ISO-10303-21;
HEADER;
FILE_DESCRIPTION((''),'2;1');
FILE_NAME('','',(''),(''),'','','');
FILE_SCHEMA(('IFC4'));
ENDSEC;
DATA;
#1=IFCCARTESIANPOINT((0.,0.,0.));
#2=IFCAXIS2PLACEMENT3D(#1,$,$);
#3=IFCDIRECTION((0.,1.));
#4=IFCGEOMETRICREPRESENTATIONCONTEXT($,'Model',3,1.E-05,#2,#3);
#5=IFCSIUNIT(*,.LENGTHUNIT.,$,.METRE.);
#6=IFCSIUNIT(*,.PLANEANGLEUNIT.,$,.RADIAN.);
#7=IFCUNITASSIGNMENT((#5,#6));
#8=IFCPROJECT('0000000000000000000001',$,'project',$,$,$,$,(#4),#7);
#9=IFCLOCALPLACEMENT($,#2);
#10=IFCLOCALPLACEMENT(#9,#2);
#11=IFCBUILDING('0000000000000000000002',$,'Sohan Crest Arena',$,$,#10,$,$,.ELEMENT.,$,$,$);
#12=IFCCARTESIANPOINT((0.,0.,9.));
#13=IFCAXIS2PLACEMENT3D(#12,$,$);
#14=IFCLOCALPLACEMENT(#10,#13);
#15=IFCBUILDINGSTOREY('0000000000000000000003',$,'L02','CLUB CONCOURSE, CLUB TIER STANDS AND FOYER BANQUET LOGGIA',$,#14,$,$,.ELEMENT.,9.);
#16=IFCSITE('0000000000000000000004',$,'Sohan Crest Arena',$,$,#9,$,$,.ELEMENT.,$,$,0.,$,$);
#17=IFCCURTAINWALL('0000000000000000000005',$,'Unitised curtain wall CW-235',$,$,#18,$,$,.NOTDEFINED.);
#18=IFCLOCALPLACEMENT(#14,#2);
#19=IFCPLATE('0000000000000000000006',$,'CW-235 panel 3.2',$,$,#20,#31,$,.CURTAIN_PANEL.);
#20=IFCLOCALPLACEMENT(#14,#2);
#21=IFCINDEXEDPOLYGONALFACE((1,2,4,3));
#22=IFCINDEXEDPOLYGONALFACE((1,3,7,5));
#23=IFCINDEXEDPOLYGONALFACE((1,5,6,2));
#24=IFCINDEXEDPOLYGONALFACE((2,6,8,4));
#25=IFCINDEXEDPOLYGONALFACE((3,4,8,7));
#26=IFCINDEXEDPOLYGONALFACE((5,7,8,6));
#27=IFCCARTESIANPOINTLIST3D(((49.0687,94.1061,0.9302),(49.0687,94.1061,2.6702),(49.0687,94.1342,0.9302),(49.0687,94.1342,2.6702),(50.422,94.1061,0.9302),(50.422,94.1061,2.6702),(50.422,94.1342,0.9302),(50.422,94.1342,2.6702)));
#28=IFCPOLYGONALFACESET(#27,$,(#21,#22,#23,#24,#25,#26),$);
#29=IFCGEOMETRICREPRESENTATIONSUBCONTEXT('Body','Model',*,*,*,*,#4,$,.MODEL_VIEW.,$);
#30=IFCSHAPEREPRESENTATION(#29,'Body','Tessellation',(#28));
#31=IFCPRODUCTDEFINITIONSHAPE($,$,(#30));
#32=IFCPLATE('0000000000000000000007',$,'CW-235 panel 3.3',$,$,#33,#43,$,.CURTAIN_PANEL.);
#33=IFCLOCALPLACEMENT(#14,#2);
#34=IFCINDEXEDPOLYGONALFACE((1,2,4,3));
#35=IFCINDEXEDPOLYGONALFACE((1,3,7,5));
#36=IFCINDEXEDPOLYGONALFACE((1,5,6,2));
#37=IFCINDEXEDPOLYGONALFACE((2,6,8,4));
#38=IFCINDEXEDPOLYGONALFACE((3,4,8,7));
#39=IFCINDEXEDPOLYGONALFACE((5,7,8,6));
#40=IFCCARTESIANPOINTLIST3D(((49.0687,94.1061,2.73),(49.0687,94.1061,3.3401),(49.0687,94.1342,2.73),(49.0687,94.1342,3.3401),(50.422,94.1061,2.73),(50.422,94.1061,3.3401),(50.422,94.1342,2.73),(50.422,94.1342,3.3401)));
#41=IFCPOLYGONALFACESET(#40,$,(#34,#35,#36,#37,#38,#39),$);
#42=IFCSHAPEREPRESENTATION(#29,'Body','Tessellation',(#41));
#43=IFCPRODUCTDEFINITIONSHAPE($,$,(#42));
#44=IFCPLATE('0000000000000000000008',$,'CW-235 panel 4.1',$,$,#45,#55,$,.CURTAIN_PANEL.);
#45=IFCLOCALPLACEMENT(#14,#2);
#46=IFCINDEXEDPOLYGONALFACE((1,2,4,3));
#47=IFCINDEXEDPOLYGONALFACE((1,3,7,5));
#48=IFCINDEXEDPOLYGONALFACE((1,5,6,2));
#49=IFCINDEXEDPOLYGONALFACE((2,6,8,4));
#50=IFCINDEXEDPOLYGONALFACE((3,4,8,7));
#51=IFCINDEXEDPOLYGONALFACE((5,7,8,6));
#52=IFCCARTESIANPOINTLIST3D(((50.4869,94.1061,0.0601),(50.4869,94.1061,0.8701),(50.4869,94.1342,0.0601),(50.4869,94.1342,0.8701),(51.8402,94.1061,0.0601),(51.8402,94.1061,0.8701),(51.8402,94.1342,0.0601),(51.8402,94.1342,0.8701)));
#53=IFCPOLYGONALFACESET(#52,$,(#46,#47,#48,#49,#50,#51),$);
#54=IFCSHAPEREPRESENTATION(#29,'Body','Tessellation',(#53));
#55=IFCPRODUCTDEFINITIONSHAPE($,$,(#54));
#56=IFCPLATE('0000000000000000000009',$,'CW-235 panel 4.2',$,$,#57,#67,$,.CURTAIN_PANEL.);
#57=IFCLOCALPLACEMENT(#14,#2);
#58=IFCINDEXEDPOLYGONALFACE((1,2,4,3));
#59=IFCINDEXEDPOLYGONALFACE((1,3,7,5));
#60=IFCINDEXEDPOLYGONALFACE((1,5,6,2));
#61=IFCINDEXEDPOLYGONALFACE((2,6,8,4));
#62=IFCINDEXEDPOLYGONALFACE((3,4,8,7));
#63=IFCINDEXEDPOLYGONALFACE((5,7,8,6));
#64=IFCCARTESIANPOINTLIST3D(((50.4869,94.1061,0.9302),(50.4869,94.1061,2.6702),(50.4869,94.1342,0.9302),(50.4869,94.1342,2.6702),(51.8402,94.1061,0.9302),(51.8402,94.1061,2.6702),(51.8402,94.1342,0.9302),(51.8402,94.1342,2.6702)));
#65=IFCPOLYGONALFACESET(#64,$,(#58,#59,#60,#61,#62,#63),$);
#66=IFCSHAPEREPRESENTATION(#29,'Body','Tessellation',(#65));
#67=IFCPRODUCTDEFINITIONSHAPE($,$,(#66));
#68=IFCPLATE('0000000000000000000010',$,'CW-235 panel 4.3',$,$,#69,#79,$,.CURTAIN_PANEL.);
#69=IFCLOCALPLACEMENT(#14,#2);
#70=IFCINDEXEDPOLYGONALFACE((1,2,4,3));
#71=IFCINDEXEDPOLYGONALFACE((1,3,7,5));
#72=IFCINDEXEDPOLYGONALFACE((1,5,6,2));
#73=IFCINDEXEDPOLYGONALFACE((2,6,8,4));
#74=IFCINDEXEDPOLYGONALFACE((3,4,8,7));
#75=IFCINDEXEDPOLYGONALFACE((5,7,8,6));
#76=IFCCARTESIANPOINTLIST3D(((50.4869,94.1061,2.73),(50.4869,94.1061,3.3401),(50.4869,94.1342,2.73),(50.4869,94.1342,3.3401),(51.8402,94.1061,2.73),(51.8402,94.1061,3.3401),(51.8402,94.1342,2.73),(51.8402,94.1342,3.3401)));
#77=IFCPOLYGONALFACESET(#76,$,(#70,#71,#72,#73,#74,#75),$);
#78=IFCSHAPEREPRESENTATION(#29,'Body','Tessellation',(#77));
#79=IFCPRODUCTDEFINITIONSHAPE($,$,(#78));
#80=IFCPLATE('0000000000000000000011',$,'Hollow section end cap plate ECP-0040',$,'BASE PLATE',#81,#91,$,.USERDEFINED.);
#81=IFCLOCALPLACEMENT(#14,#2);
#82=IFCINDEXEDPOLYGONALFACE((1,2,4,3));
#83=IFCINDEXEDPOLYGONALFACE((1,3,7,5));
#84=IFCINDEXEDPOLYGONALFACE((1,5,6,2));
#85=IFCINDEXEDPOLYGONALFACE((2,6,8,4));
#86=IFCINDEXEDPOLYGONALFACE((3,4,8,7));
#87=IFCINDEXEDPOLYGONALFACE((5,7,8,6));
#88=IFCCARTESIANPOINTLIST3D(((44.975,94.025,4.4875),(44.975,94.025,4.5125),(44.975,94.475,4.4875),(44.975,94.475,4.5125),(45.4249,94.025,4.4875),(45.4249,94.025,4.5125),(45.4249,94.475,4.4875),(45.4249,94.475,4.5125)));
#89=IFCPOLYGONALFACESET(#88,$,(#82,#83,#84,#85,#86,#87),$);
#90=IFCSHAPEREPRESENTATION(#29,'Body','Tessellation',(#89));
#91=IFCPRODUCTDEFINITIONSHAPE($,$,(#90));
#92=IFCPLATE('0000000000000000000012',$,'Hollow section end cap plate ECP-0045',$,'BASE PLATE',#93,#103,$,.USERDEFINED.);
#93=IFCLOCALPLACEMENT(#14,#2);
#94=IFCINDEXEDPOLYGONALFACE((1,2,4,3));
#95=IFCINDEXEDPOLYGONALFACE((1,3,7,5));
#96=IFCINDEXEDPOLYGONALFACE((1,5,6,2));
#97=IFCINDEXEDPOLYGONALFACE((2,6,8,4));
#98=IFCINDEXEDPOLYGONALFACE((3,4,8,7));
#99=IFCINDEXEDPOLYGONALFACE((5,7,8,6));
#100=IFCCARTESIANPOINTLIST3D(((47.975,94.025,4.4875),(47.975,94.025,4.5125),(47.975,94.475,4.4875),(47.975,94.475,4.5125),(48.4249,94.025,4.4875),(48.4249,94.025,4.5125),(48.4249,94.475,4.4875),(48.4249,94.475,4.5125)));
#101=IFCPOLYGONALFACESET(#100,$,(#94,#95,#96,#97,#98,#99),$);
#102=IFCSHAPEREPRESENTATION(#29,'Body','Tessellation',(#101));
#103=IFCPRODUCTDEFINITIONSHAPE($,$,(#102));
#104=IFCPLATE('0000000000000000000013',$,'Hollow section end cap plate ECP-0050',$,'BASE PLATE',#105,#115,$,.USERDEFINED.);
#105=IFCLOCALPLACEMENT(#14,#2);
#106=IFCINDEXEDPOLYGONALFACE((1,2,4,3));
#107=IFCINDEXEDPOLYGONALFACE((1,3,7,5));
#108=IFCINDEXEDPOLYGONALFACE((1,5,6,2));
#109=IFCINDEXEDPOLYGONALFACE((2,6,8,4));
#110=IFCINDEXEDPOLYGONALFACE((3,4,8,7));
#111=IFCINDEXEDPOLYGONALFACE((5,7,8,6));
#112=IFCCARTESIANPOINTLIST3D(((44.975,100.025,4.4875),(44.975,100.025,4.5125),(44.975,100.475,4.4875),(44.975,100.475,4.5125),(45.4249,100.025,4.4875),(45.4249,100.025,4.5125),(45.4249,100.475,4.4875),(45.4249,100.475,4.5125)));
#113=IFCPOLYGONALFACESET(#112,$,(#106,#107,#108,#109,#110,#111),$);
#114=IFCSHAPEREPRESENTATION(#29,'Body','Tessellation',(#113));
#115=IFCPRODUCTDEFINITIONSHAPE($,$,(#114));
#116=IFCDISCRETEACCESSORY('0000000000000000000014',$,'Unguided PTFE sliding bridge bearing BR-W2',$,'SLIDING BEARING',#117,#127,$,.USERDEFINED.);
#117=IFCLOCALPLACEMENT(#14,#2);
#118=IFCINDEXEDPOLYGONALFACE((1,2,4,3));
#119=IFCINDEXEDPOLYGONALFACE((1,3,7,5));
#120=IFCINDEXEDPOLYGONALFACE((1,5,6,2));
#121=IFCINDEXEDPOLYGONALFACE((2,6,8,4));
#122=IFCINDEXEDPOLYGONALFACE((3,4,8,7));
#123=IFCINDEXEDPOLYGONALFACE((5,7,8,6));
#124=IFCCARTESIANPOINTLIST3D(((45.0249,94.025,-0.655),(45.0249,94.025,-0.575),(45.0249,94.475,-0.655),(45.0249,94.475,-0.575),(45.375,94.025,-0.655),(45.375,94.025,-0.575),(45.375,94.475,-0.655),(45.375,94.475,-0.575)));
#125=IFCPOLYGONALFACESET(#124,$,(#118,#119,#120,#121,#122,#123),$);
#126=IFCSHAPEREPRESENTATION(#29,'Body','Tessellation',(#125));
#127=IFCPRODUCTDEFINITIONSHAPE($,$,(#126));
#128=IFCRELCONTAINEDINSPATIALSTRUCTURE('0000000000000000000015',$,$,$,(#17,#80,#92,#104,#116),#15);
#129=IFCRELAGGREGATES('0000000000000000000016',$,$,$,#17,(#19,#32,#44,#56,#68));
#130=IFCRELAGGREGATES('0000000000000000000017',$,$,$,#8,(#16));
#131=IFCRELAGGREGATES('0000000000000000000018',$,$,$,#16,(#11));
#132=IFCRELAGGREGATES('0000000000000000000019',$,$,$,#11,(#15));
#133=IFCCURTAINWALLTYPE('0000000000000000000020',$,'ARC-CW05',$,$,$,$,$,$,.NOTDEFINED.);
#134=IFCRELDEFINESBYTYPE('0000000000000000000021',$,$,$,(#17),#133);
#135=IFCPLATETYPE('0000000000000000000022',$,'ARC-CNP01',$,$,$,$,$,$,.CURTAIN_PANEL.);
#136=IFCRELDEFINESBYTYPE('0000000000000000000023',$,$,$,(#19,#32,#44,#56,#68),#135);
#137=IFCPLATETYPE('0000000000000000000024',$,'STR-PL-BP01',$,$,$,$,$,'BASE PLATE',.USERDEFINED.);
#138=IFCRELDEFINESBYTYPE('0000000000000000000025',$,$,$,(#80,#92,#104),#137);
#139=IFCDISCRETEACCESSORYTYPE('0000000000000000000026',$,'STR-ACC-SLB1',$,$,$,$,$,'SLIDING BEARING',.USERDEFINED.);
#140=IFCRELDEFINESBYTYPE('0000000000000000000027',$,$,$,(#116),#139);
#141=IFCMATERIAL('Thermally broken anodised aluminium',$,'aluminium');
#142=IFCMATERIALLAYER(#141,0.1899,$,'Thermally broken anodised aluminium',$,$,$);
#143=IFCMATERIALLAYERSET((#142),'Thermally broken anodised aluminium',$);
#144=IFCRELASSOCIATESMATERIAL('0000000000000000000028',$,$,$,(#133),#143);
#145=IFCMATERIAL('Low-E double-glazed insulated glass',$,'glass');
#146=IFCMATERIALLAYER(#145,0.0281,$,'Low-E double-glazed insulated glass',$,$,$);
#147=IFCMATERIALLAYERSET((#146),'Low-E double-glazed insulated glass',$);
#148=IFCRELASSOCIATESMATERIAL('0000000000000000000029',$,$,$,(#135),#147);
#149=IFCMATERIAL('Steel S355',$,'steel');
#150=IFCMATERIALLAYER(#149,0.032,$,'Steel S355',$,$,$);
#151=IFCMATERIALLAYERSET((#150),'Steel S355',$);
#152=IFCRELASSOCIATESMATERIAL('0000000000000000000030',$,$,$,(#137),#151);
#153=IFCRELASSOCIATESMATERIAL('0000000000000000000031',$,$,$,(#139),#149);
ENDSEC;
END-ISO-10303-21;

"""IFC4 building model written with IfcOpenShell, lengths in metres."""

from ifc_helpers import new_model, si_unit, direction, frame, origin, origin_2d, place, context, subcontext, project, spatial, rectangle, extrude, material, layer, layer_set, type_object, element, aggregate, save


model = new_model("IFC4")

# Units and contexts
model_context = context("Model", 3, precision=1e-05, world=origin(), true_north=direction((0.0, 1.0)))
body_context = subcontext(model_context, "Body", "Model", "MODEL_VIEW")
ifc_project = project(units=[si_unit("LENGTHUNIT", "METRE"), si_unit("PLANEANGLEUNIT", "RADIAN")], contexts=[model_context])

# Site, building, storey
site_placement = place(None, origin())
site = spatial("IfcSite", under=ifc_project, at=site_placement, Name="Sohan Crest Arena", CompositionType="ELEMENT", RefElevation=0.0)
building_placement = place(site_placement, origin())
building = spatial("IfcBuilding", under=site, at=building_placement, Name="Sohan Crest Arena", CompositionType="ELEMENT")
storey_placement = place(building_placement, frame((0.0, 0.0, 9.0)))
storey = spatial("IfcBuildingStorey", under=building, at=storey_placement, Name="L02", Description="CLUB CONCOURSE, CLUB TIER STANDS AND FOYER BANQUET LOGGIA", CompositionType="ELEMENT", Elevation=9.0)

# Shared definitions
ifc_material_1 = material(Name="Steel S355", Category="steel")

# Curtain wall
ifc_material_2 = material(Name="Thermally broken anodised aluminium", Category="aluminium")
ifc_layer_1 = layer(ifc_material_2, 0.1899, Name="Thermally broken anodised aluminium")
ifc_layer_set_1 = layer_set([ifc_layer_1], Name="Thermally broken anodised aluminium")
curtain_wall_type = type_object("IfcCurtainWallType", Name="ARC-CW05", PredefinedType="NOTDEFINED", material=ifc_layer_set_1)
curtain_wall_placement = place(storey_placement, origin())
curtain_wall = element("IfcCurtainWall", 1, at=curtain_wall_placement, inside=storey, type_object=curtain_wall_type, Name="Unitised curtain wall CW-235", PredefinedType="NOTDEFINED")

# Plates
ifc_material_3 = material(Name="Low-E double-glazed insulated glass", Category="glass")
ifc_layer_2 = layer(ifc_material_3, 0.0281, Name="Low-E double-glazed insulated glass")
ifc_layer_set_2 = layer_set([ifc_layer_2], Name="Low-E double-glazed insulated glass")
plate_type_1 = type_object("IfcPlateType", Name="ARC-CNP01", PredefinedType="CURTAIN_PANEL", material=ifc_layer_set_2)
plate_1_placement = place(storey_placement, frame((49.7454, 94.1201, 0.9302), z_axis=(0.0, 0.0, 1.0), x_axis=(1.0, 0.0, 0.0)))
plate_1 = element("IfcPlate", 2, at=plate_1_placement, type_object=plate_type_1, Name="CW-235 panel 3.2", PredefinedType="CURTAIN_PANEL", context=body_context, shape_type="SweptSolid", body=[
    extrude(rectangle(XDim=1.3533, YDim=0.0281, at=origin_2d()), origin(), (0.0, 0.0, 1.0), 1.74),
])
plate_2_placement = place(storey_placement, frame((49.7454, 94.1201, 2.73), z_axis=(0.0, 0.0, 1.0), x_axis=(1.0, 0.0, 0.0)))
plate_2 = element("IfcPlate", 3, at=plate_2_placement, type_object=plate_type_1, Name="CW-235 panel 3.3", PredefinedType="CURTAIN_PANEL", context=body_context, shape_type="SweptSolid", body=[
    extrude(rectangle(XDim=1.3533, YDim=0.0281, at=origin_2d()), origin(), (0.0, 0.0, 1.0), 0.6101),
])
plate_3_placement = place(storey_placement, frame((51.1636, 94.1201, 0.0601), z_axis=(0.0, 0.0, 1.0), x_axis=(1.0, 0.0, 0.0)))
plate_3 = element("IfcPlate", 4, at=plate_3_placement, type_object=plate_type_1, Name="CW-235 panel 4.1", PredefinedType="CURTAIN_PANEL", context=body_context, shape_type="SweptSolid", body=[
    extrude(rectangle(XDim=1.3533, YDim=0.0281, at=origin_2d()), origin(), (0.0, 0.0, 1.0), 0.8101),
])
plate_4_placement = place(storey_placement, frame((51.1636, 94.1201, 0.9302), z_axis=(0.0, 0.0, 1.0), x_axis=(1.0, 0.0, 0.0)))
plate_4 = element("IfcPlate", 5, at=plate_4_placement, type_object=plate_type_1, Name="CW-235 panel 4.2", PredefinedType="CURTAIN_PANEL", context=body_context, shape_type="SweptSolid", body=[
    extrude(rectangle(XDim=1.3533, YDim=0.0281, at=origin_2d()), origin(), (0.0, 0.0, 1.0), 1.74),
])
plate_5_placement = place(storey_placement, frame((51.1636, 94.1201, 2.73), z_axis=(0.0, 0.0, 1.0), x_axis=(1.0, 0.0, 0.0)))
plate_5 = element("IfcPlate", 6, at=plate_5_placement, type_object=plate_type_1, Name="CW-235 panel 4.3", PredefinedType="CURTAIN_PANEL", context=body_context, shape_type="SweptSolid", body=[
    extrude(rectangle(XDim=1.3533, YDim=0.0281, at=origin_2d()), origin(), (0.0, 0.0, 1.0), 0.6101),
])
aggregate(curtain_wall, [plate_1, plate_2, plate_3, plate_4, plate_5])

# Plates
ifc_layer_3 = layer(ifc_material_1, 0.032, Name="Steel S355")
ifc_layer_set_3 = layer_set([ifc_layer_3], Name="Steel S355")
plate_type_2 = type_object("IfcPlateType", Name="STR-PL-BP01", ElementType="BASE PLATE", PredefinedType="USERDEFINED", material=ifc_layer_set_3)
for number, where, z_axis, x_axis, name in (
    (7, (45.2, 94.25, 4.4875), (0.0, 0.0, 1.0), (1.0, 0.0, 0.0), "Hollow section end cap plate ECP-0040"),
    (8, (48.2, 94.25, 4.4875), (0.0, 0.0, 1.0), (1.0, 0.0, 0.0), "Hollow section end cap plate ECP-0045"),
    (9, (45.2, 100.25, 4.4875), (0.0, 0.0, 1.0), (1.0, 0.0, 0.0), "Hollow section end cap plate ECP-0050"),
):
    element("IfcPlate", number, at=place(storey_placement, frame(where, z_axis=z_axis, x_axis=x_axis)), inside=storey, type_object=plate_type_2, Name=name, ObjectType="BASE PLATE", PredefinedType="USERDEFINED", context=body_context, shape_type="SweptSolid", body=[
        extrude(rectangle(XDim=0.45, YDim=0.45, at=origin_2d()), origin(), (0.0, 0.0, 1.0), 0.0249),
    ])

# Discrete accessory
discrete_accessory_type = type_object("IfcDiscreteAccessoryType", Name="STR-ACC-SLB1", ElementType="SLIDING BEARING", PredefinedType="USERDEFINED", material=ifc_material_1)
discrete_accessory_placement = place(storey_placement, frame((45.2, 94.25, -0.655), z_axis=(0.0, 0.0, 1.0), x_axis=(1.0, 0.0, 0.0)))
element("IfcDiscreteAccessory", 10, at=discrete_accessory_placement, inside=storey, type_object=discrete_accessory_type, Name="Unguided PTFE sliding bridge bearing BR-W2", ObjectType="SLIDING BEARING", PredefinedType="USERDEFINED", context=body_context, shape_type="SweptSolid", body=[
    extrude(rectangle(XDim=0.3501, YDim=0.45, at=origin_2d()), origin(), (0.0, 0.0, 1.0), 0.0801),
])

save(model, "model.ifc")
